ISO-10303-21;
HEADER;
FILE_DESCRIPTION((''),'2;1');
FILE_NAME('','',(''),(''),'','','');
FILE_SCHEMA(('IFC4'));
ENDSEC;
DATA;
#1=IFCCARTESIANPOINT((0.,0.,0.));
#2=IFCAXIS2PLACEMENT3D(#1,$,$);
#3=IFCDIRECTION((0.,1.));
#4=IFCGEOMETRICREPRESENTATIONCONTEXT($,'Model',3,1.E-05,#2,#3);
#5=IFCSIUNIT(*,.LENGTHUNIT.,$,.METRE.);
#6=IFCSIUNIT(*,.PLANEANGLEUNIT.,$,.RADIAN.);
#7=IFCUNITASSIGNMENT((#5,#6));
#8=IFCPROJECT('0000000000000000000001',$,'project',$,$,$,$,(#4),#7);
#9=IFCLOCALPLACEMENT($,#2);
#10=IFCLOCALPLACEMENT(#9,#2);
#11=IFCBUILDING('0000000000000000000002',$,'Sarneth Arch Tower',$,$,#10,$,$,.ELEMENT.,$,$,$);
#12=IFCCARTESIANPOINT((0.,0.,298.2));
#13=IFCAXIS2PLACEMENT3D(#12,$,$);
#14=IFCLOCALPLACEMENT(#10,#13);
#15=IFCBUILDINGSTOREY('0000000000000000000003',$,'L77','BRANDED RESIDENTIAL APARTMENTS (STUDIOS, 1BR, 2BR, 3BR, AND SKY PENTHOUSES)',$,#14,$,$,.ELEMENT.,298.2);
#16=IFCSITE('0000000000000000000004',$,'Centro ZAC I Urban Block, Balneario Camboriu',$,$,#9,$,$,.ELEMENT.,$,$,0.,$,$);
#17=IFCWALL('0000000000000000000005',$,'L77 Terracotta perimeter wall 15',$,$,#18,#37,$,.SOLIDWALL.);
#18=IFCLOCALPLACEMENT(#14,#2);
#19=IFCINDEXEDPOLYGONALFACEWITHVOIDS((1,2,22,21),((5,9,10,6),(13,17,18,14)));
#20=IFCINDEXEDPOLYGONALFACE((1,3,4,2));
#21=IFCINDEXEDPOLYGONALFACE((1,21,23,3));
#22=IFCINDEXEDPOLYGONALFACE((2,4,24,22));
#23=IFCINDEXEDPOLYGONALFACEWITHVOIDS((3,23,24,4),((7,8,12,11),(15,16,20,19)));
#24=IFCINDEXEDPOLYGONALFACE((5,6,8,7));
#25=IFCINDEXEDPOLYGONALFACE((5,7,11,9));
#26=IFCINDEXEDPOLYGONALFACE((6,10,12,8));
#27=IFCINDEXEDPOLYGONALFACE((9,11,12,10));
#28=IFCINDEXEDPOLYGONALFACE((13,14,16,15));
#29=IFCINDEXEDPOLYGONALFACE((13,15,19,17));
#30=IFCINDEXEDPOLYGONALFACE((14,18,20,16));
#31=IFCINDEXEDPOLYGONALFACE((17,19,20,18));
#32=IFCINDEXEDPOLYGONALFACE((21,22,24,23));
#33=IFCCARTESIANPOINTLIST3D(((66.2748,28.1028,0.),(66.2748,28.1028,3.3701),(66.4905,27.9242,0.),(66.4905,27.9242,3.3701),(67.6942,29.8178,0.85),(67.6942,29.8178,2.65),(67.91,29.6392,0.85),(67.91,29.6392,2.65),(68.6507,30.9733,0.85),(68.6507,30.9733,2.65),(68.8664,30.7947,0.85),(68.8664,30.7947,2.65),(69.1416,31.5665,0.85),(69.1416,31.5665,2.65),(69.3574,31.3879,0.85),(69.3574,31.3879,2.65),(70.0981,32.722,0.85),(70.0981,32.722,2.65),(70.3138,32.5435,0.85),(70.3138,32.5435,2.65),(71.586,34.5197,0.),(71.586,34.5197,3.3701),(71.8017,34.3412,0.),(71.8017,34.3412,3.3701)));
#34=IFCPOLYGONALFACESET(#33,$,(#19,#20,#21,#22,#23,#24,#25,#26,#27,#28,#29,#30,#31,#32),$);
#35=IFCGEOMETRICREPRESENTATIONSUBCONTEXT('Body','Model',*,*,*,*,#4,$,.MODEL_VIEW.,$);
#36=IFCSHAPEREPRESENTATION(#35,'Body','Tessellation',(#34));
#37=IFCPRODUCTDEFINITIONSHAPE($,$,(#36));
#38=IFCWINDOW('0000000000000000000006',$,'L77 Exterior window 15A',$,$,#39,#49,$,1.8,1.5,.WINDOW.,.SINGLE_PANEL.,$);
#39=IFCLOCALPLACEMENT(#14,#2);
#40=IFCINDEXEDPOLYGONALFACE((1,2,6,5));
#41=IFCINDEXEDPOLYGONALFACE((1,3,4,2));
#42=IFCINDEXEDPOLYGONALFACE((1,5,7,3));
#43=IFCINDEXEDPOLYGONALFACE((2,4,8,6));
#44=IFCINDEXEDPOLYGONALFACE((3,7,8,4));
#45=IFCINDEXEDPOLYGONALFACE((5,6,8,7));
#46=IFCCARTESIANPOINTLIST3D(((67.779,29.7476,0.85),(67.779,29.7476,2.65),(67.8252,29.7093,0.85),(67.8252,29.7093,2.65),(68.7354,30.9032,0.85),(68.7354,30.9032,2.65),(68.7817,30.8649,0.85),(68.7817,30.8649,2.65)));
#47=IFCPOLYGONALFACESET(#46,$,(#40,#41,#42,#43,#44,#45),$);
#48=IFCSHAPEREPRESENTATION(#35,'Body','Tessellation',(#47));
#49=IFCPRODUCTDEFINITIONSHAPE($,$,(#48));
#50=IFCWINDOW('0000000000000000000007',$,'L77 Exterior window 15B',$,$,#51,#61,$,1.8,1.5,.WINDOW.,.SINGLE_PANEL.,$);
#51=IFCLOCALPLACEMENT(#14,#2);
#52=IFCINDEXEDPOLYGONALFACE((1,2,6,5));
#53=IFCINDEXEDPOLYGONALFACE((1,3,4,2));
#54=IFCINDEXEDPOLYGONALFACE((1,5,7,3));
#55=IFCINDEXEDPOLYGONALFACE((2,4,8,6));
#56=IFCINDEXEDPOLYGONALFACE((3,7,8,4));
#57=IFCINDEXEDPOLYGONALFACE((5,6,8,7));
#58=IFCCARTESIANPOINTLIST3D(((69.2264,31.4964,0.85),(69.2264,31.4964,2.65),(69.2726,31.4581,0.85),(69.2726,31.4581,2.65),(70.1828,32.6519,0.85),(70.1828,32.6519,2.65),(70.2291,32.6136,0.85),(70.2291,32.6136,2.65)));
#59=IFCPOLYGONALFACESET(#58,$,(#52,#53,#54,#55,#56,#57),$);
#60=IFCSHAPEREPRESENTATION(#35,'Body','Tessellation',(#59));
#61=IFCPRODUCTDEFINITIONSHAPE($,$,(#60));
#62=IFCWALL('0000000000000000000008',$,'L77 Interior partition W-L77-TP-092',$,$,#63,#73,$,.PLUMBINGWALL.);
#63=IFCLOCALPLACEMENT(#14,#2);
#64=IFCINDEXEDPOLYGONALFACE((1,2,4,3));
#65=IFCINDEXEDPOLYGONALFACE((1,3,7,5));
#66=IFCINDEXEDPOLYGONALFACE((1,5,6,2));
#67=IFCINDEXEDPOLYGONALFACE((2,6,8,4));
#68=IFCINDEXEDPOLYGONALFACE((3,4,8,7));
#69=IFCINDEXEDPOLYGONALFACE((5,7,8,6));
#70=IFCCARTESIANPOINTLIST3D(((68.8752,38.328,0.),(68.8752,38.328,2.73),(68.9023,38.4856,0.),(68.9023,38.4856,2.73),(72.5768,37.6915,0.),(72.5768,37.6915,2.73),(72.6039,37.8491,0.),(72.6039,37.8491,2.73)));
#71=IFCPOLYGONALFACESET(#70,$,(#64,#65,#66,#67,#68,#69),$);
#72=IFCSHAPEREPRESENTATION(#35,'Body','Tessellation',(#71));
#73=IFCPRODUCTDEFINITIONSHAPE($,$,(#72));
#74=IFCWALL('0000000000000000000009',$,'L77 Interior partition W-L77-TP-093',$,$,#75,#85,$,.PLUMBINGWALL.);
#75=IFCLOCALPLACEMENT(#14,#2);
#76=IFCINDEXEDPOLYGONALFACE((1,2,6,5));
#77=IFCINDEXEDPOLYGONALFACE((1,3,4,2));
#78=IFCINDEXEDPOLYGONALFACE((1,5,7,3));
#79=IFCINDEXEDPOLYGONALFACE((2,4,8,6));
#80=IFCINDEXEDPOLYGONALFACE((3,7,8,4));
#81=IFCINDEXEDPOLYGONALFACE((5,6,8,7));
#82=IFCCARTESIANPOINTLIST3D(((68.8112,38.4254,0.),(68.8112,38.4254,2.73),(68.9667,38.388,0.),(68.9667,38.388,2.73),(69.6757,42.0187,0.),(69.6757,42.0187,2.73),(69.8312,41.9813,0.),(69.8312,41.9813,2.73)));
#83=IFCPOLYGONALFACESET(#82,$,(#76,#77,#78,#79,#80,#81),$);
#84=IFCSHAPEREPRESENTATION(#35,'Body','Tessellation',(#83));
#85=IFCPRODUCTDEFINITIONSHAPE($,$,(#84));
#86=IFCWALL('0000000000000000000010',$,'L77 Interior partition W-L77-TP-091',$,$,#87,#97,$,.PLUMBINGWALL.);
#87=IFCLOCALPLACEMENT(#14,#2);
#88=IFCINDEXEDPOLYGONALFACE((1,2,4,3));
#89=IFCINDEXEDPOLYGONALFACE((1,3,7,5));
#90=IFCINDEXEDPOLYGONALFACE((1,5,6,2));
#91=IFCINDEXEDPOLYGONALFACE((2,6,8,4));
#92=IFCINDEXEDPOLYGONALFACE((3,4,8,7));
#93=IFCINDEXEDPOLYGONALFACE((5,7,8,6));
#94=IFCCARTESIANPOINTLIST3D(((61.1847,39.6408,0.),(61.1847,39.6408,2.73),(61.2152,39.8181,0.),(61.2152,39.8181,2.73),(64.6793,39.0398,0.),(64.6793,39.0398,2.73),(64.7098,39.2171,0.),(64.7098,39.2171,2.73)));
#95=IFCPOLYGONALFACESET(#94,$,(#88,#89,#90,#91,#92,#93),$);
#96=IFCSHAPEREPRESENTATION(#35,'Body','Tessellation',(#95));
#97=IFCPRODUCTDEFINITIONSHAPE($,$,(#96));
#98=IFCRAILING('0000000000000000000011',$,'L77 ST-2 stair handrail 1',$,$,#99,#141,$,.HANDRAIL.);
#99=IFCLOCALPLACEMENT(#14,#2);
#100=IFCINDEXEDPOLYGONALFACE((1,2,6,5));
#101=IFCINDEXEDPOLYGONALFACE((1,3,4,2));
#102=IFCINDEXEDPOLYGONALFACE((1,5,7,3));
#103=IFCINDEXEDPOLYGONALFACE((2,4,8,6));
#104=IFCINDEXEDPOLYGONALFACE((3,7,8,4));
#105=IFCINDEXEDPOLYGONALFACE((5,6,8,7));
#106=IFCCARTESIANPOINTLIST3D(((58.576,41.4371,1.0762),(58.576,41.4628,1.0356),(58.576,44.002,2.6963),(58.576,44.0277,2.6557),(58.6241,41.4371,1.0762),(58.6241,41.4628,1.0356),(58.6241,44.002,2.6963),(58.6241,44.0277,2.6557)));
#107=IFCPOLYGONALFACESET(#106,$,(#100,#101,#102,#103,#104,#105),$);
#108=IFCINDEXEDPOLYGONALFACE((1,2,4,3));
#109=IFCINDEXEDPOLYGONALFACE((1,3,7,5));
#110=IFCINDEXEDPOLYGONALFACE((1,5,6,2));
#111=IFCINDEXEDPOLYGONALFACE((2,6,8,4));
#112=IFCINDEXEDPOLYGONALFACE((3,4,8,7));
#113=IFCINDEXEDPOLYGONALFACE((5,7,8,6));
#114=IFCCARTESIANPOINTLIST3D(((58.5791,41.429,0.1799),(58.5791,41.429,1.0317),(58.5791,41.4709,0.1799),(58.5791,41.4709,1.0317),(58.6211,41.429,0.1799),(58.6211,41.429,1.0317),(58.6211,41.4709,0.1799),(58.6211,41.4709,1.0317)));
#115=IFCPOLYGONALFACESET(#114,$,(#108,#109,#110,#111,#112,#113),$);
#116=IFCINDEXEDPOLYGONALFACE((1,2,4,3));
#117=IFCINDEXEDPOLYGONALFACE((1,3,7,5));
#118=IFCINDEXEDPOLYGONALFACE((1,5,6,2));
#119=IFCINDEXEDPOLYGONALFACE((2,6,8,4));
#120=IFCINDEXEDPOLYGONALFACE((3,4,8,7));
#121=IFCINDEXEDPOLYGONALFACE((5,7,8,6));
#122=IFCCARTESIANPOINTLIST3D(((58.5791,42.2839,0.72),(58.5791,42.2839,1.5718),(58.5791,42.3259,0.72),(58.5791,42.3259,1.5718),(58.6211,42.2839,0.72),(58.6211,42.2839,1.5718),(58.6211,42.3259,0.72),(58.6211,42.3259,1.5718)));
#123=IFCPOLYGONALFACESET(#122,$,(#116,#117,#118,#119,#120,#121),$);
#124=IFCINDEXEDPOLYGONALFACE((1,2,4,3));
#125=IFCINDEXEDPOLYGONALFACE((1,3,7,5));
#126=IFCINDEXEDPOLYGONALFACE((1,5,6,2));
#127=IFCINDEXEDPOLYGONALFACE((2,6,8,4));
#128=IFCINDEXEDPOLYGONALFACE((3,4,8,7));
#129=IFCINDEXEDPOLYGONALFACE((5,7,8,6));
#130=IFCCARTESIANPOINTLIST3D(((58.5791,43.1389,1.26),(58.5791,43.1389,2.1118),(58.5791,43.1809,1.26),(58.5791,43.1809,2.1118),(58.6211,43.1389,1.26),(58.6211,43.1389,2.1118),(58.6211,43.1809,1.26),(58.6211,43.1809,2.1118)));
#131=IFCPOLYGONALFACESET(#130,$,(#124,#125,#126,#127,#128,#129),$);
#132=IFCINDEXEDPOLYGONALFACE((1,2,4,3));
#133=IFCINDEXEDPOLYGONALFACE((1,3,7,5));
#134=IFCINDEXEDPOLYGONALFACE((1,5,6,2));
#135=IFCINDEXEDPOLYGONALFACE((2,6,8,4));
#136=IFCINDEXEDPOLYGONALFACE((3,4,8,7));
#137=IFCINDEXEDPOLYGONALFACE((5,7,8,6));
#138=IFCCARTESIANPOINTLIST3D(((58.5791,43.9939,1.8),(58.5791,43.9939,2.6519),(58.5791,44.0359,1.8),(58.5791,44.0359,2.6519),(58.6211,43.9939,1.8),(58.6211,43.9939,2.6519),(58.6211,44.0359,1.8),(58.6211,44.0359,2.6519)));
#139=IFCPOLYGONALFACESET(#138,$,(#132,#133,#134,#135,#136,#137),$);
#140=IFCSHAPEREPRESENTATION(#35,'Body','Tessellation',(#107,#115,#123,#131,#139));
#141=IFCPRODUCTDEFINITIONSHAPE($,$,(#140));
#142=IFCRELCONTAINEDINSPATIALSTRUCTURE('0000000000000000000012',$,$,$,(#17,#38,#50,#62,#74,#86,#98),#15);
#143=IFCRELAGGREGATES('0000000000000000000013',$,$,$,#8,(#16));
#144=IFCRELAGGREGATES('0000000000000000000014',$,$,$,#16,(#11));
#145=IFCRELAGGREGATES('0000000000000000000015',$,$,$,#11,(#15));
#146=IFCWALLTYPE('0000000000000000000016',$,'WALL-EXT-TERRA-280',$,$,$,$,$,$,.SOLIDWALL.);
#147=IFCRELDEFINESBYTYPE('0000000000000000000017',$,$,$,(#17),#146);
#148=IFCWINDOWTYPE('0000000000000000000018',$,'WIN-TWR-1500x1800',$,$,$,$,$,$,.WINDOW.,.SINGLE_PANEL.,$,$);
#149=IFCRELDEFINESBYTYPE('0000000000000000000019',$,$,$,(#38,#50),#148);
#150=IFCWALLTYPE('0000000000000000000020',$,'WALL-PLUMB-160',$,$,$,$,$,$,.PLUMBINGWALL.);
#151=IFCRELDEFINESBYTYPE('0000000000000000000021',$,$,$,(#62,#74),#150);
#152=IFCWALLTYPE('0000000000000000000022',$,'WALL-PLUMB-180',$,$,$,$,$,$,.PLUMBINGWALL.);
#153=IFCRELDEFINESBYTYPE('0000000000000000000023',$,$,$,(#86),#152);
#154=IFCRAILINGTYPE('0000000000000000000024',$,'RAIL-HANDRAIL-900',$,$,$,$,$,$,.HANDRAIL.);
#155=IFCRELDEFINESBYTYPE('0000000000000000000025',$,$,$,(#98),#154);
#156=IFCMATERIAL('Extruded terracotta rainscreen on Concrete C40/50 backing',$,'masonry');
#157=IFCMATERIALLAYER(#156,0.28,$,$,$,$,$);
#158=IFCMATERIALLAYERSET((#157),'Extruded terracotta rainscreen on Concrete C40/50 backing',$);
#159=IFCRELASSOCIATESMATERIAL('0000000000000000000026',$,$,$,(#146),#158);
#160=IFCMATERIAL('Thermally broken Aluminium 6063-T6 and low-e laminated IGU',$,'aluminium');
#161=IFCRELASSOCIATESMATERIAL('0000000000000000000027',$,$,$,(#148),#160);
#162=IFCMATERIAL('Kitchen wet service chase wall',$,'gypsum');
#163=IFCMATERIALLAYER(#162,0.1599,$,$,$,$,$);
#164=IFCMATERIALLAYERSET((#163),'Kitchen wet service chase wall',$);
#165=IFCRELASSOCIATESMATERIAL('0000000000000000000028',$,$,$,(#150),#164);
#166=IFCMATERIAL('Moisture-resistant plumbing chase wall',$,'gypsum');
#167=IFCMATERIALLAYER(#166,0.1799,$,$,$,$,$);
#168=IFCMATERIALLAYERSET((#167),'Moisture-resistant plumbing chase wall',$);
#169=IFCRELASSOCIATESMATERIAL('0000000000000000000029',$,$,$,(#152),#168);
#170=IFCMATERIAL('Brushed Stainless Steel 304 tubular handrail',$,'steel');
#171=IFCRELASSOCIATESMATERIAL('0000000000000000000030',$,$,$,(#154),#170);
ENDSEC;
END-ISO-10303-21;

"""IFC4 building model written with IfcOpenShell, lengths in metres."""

from ifc_helpers import new_model, si_unit, direction, frame, frame_2d, origin, origin_2d, place, context, subcontext, project, spatial, rectangle, extrude, material, layer, layer_set, type_object, element, fill, save


model = new_model("IFC4")

# Units and contexts
model_context = context("Model", 3, precision=1e-05, world=origin(), true_north=direction((0.0, 1.0)))
body_context = subcontext(model_context, "Body", "Model", "MODEL_VIEW")
ifc_project = project(units=[si_unit("LENGTHUNIT", "METRE"), si_unit("PLANEANGLEUNIT", "RADIAN")], contexts=[model_context])

# Site, building, storey
site_placement = place(None, origin())
site = spatial("IfcSite", under=ifc_project, at=site_placement, Name="Centro ZAC I Urban Block, Balneario Camboriu", CompositionType="ELEMENT", RefElevation=0.0)
building_placement = place(site_placement, origin())
building = spatial("IfcBuilding", under=site, at=building_placement, Name="Sarneth Arch Tower", CompositionType="ELEMENT")
storey_placement = place(building_placement, frame((0.0, 0.0, 298.2)))
storey = spatial("IfcBuildingStorey", under=building, at=storey_placement, Name="L77", Description="BRANDED RESIDENTIAL APARTMENTS (STUDIOS, 1BR, 2BR, 3BR, AND SKY PENTHOUSES)", CompositionType="ELEMENT", Elevation=298.2)

# Wall, openings, windows
ifc_material_1 = material(Name="Extruded terracotta rainscreen on Concrete C40/50 backing", Category="masonry")
ifc_layer_1 = layer(ifc_material_1, 0.28)
ifc_layer_set_1 = layer_set([ifc_layer_1], Name="Extruded terracotta rainscreen on Concrete C40/50 backing")
wall_type_1 = type_object("IfcWallType", Name="WALL-EXT-TERRA-280", PredefinedType="SOLIDWALL", material=ifc_layer_set_1)
wall_1_placement = place(storey_placement, frame((66.3826, 28.0134, 0.0), z_axis=(0.0, 0.0, 1.0), x_axis=(0.637615, 0.770355, 0.0)))
wall_1 = element("IfcWall", 1, at=wall_1_placement, inside=storey, type_object=wall_type_1, Name="L77 Terracotta perimeter wall 15", PredefinedType="SOLIDWALL", context=body_context, shape_type="SweptSolid", body=[
    extrude(rectangle(XDim=8.3298, YDim=0.28, at=frame_2d((4.165, 0.0))), origin(), (0.0, 0.0, 1.0), 3.3701),
])
opening_1_placement = place(wall_1_placement, frame((2.2263, 0.0, 0.8501)))
opening_1 = element("IfcOpeningElement", 2, at=opening_1_placement, cuts=wall_1, PredefinedType="OPENING", context=body_context, shape_type="SweptSolid", body=[
    extrude(rectangle(XDim=1.5, YDim=1.8, at=frame_2d((0.75, 0.8999))), frame((0.0, 0.1499, 0.0), z_axis=(0.0, -1.0, 0.0), x_axis=(1.0, 0.0, 0.0)), (0.0, 0.0, 1.0), 0.3),
])
opening_2_placement = place(wall_1_placement, frame((4.4963, 0.0, 0.8501)))
opening_2 = element("IfcOpeningElement", 3, at=opening_2_placement, cuts=wall_1, PredefinedType="OPENING", context=body_context, shape_type="SweptSolid", body=[
    extrude(rectangle(XDim=1.5, YDim=1.8, at=frame_2d((0.75, 0.8999))), frame((0.0, 0.1499, 0.0), z_axis=(0.0, -1.0, 0.0), x_axis=(1.0, 0.0, 0.0)), (0.0, 0.0, 1.0), 0.3),
])
ifc_material_2 = material(Name="Thermally broken Aluminium 6063-T6 and low-e laminated IGU", Category="aluminium")
window_type = type_object("IfcWindowType", Name="WIN-TWR-1500x1800", PartitioningType="SINGLE_PANEL", PredefinedType="WINDOW", material=ifc_material_2)
window_1_placement = place(opening_1_placement, origin())
window_1 = element("IfcWindow", 4, at=window_1_placement, inside=storey, type_object=window_type, Name="L77 Exterior window 15A", OverallHeight=1.8, OverallWidth=1.5, PartitioningType="SINGLE_PANEL", PredefinedType="WINDOW", context=body_context, shape_type="SweptSolid", body=[
    extrude(rectangle(XDim=1.5, YDim=1.8, at=frame_2d((0.75, 0.8999))), frame((0.0, 0.03, 0.0), z_axis=(0.0, -1.0, 0.0), x_axis=(1.0, 0.0, 0.0)), (0.0, 0.0, 1.0), 0.0601),
])
fill(opening_1, window_1)
window_2_placement = place(opening_2_placement, origin())
window_2 = element("IfcWindow", 5, at=window_2_placement, inside=storey, type_object=window_type, Name="L77 Exterior window 15B", OverallHeight=1.8, OverallWidth=1.5, PartitioningType="SINGLE_PANEL", PredefinedType="WINDOW", context=body_context, shape_type="SweptSolid", body=[
    extrude(rectangle(XDim=1.5, YDim=1.8, at=frame_2d((0.75, 0.8999))), frame((0.0, 0.03, 0.0), z_axis=(0.0, -1.0, 0.0), x_axis=(1.0, 0.0, 0.0)), (0.0, 0.0, 1.0), 0.0601),
])
fill(opening_2, window_2)

# Walls
ifc_material_3 = material(Name="Kitchen wet service chase wall", Category="gypsum")
ifc_layer_2 = layer(ifc_material_3, 0.1599)
ifc_layer_set_2 = layer_set([ifc_layer_2], Name="Kitchen wet service chase wall")
wall_type_2 = type_object("IfcWallType", Name="WALL-PLUMB-160", PredefinedType="PLUMBINGWALL", material=ifc_layer_set_2)
wall_2_placement = place(storey_placement, frame((72.5903, 37.7703, 0.0), z_axis=(0.0, 0.0, 1.0), x_axis=(-0.985536, 0.169467, 0.0)))
element("IfcWall", 6, at=wall_2_placement, inside=storey, type_object=wall_type_2, Name="L77 Interior partition W-L77-TP-092", PredefinedType="PLUMBINGWALL", context=body_context, shape_type="SweptSolid", body=[
    extrude(rectangle(XDim=3.7559, YDim=0.1599, at=frame_2d((1.8779, 0.0))), origin(), (0.0, 0.0, 1.0), 2.73),
])
wall_3_placement = place(storey_placement, frame((68.8889, 38.4067, 0.0), z_axis=(0.0, 0.0, 1.0), x_axis=(0.233915, 0.972257, 0.0)))
element("IfcWall", 7, at=wall_3_placement, inside=storey, type_object=wall_type_2, Name="L77 Interior partition W-L77-TP-093", PredefinedType="PLUMBINGWALL", context=body_context, shape_type="SweptSolid", body=[
    extrude(rectangle(XDim=3.6958, YDim=0.1599, at=frame_2d((1.8479, 0.0))), origin(), (0.0, 0.0, 1.0), 2.73),
])
ifc_material_4 = material(Name="Moisture-resistant plumbing chase wall", Category="gypsum")
ifc_layer_3 = layer(ifc_material_4, 0.1799)
ifc_layer_set_3 = layer_set([ifc_layer_3], Name="Moisture-resistant plumbing chase wall")
wall_type_3 = type_object("IfcWallType", Name="WALL-PLUMB-180", PredefinedType="PLUMBINGWALL", material=ifc_layer_set_3)
wall_4_placement = place(storey_placement, frame((64.6946, 39.1284, 0.0), z_axis=(0.0, 0.0, 1.0), x_axis=(-0.985528, 0.16951, 0.0)))
element("IfcWall", 8, at=wall_4_placement, inside=storey, type_object=wall_type_3, Name="L77 Interior partition W-L77-TP-091", PredefinedType="PLUMBINGWALL", context=body_context, shape_type="SweptSolid", body=[
    extrude(rectangle(XDim=3.5459, YDim=0.1799, at=frame_2d((1.7729, 0.0))), origin(), (0.0, 0.0, 1.0), 2.73),
])

# Railing
ifc_material_5 = material(Name="Brushed Stainless Steel 304 tubular handrail", Category="steel")
railing_type = type_object("IfcRailingType", Name="RAIL-HANDRAIL-900", PredefinedType="HANDRAIL", material=ifc_material_5)
railing_placement = place(storey_placement, frame((58.6001, 41.45, 0.1799)))
element("IfcRailing", 9, at=railing_placement, inside=storey, type_object=railing_type, Name="L77 ST-2 stair handrail 1", PredefinedType="HANDRAIL", context=body_context, shape_type="SweptSolid", body=[
    extrude(rectangle(XDim=0.0481, YDim=0.0481, at=origin_2d()), frame((0.0, 0.0, 0.876), z_axis=(0.0, 0.845466, 0.534029), x_axis=(-1.0, 0.0, 0.0)), (0.0, 0.0, 1.0), 3.0337),
    extrude(rectangle(XDim=0.042, YDim=0.042, at=origin_2d()), origin(), (0.0, 0.0, 1.0), 0.8518),
    extrude(rectangle(XDim=0.042, YDim=0.042, at=origin_2d()), frame((0.0, 0.855, 0.54)), (0.0, 0.0, 1.0), 0.8518),
    extrude(rectangle(XDim=0.042, YDim=0.042, at=origin_2d()), frame((0.0, 1.71, 1.0801)), (0.0, 0.0, 1.0), 0.8518),
    extrude(rectangle(XDim=0.042, YDim=0.042, at=origin_2d()), frame((0.0, 2.5649, 1.6201)), (0.0, 0.0, 1.0), 0.8518),
])

save(model, "model.ifc")
